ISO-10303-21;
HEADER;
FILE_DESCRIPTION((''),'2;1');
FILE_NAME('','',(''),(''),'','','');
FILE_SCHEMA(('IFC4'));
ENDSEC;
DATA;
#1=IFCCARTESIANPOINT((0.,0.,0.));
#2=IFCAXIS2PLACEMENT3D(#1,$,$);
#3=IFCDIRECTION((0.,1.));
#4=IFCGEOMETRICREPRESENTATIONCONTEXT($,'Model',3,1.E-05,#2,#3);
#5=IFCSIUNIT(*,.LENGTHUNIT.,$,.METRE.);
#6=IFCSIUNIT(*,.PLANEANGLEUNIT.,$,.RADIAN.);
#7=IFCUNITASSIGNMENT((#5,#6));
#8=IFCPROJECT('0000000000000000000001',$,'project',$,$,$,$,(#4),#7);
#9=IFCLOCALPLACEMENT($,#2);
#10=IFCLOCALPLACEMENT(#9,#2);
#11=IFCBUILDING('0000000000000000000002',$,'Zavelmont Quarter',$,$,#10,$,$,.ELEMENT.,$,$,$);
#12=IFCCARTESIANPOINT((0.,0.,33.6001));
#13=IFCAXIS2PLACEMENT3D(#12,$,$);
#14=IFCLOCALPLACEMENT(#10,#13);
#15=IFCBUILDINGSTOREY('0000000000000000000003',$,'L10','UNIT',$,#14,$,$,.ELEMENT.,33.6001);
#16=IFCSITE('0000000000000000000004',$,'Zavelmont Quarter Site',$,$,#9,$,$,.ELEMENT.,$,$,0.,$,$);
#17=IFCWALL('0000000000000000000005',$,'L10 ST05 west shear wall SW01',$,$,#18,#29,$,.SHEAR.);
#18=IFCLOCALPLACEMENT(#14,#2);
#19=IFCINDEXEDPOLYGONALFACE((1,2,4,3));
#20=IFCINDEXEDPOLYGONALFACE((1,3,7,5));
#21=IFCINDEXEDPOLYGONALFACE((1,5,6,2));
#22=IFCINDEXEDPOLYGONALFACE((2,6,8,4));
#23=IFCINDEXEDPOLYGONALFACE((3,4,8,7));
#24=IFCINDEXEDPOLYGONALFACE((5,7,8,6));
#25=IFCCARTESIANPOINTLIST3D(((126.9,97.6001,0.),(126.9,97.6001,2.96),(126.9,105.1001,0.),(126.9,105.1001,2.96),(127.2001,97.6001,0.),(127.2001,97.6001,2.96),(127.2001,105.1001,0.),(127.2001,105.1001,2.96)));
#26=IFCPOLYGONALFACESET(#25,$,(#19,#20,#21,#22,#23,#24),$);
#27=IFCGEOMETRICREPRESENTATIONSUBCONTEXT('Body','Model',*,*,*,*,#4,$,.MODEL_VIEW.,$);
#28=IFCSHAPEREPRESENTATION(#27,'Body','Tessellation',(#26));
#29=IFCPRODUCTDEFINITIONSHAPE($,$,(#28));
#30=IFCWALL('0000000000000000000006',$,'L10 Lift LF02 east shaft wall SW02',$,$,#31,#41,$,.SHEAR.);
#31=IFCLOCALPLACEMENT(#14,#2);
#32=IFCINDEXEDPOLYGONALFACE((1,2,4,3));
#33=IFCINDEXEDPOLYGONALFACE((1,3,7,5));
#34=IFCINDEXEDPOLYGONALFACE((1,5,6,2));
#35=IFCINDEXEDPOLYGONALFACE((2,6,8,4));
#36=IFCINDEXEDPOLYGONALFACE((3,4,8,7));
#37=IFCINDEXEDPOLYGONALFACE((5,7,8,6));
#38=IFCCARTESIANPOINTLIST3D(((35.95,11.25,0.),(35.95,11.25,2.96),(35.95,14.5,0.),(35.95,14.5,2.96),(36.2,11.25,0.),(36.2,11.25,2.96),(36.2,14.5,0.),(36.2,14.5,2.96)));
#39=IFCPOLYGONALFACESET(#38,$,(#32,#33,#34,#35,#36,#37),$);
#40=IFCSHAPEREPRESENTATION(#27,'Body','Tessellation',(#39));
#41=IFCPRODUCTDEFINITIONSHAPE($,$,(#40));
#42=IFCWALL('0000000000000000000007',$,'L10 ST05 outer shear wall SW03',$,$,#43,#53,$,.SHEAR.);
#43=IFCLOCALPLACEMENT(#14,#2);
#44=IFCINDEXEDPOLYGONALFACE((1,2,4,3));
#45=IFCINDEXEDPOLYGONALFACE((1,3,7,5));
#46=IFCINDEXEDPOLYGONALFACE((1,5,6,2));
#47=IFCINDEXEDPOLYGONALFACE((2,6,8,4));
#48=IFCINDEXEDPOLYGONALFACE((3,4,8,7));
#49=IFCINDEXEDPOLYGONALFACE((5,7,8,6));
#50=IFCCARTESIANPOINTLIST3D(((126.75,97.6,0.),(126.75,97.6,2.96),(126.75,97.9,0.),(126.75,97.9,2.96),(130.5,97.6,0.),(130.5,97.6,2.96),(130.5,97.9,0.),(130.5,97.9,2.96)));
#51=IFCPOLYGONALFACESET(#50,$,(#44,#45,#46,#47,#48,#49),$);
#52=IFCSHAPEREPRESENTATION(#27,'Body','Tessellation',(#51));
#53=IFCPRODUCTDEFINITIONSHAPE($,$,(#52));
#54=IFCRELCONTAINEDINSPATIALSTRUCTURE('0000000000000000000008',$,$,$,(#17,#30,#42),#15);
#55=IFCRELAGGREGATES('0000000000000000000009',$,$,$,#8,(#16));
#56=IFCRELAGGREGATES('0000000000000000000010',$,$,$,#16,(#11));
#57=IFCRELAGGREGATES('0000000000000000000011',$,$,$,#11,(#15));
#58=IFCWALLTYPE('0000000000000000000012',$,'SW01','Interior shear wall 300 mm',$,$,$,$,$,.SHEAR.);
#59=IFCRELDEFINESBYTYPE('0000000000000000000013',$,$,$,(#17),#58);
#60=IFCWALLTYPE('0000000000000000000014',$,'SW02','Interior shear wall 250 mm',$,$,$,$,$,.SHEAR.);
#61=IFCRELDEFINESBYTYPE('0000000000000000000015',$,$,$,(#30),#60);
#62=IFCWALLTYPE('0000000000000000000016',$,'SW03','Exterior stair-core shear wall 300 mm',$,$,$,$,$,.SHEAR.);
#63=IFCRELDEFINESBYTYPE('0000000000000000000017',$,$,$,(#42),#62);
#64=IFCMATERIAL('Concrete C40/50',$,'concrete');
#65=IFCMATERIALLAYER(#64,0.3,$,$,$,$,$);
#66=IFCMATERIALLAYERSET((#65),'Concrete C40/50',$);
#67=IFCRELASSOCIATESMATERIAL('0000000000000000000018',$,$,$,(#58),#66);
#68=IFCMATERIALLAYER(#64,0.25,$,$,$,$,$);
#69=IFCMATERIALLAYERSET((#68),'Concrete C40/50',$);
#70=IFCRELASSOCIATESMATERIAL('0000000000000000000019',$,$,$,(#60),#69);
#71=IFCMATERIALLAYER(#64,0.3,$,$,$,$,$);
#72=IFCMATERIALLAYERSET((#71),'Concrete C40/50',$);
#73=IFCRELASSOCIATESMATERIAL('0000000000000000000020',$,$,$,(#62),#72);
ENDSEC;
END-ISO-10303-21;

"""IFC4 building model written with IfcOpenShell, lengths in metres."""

from ifc_helpers import new_model, si_unit, direction, frame, frame_2d, origin, place, context, subcontext, project, spatial, rectangle, extrude, material, layer, layer_set, type_object, element, save


model = new_model("IFC4")

# Units and contexts
model_context = context("Model", 3, precision=1e-05, world=origin(), true_north=direction((0.0, 1.0)))
body_context = subcontext(model_context, "Body", "Model", "MODEL_VIEW")
ifc_project = project(units=[si_unit("LENGTHUNIT", "METRE"), si_unit("PLANEANGLEUNIT", "RADIAN")], contexts=[model_context])

# Site, building, storey
site_placement = place(None, origin())
site = spatial("IfcSite", under=ifc_project, at=site_placement, Name="Zavelmont Quarter Site", CompositionType="ELEMENT", RefElevation=0.0)
building_placement = place(site_placement, origin())
building = spatial("IfcBuilding", under=site, at=building_placement, Name="Zavelmont Quarter", CompositionType="ELEMENT")
storey_placement = place(building_placement, frame((0.0, 0.0, 33.6001)))
storey = spatial("IfcBuildingStorey", under=building, at=storey_placement, Name="L10", Description="UNIT", CompositionType="ELEMENT", Elevation=33.6001)

# Shared definitions
ifc_material_1 = material(Name="Concrete C40/50", Category="concrete")

# Walls
ifc_layer_1 = layer(ifc_material_1, 0.3)
ifc_layer_set_1 = layer_set([ifc_layer_1], Name="Concrete C40/50")
wall_type_1 = type_object("IfcWallType", Name="SW01", Description="Interior shear wall 300 mm", PredefinedType="SHEAR", material=ifc_layer_set_1)
wall_1_placement = place(storey_placement, frame((127.05, 97.6001, 0.0), z_axis=(0.0, 0.0, 1.0), x_axis=(0.0, 1.0, 0.0)))
element("IfcWall", 1, at=wall_1_placement, inside=storey, type_object=wall_type_1, Name="L10 ST05 west shear wall SW01", PredefinedType="SHEAR", context=body_context, shape_type="SweptSolid", body=[
    extrude(rectangle(XDim=7.5, YDim=0.3, at=frame_2d((3.75, 0.0))), origin(), (0.0, 0.0, 1.0), 2.96),
])
ifc_layer_2 = layer(ifc_material_1, 0.25)
ifc_layer_set_2 = layer_set([ifc_layer_2], Name="Concrete C40/50")
wall_type_2 = type_object("IfcWallType", Name="SW02", Description="Interior shear wall 250 mm", PredefinedType="SHEAR", material=ifc_layer_set_2)
wall_2_placement = place(storey_placement, frame((36.075, 11.25, 0.0), z_axis=(0.0, 0.0, 1.0), x_axis=(0.0, 1.0, 0.0)))
element("IfcWall", 2, at=wall_2_placement, inside=storey, type_object=wall_type_2, Name="L10 Lift LF02 east shaft wall SW02", PredefinedType="SHEAR", context=body_context, shape_type="SweptSolid", body=[
    extrude(rectangle(XDim=3.25, YDim=0.25, at=frame_2d((1.625, 0.0))), origin(), (0.0, 0.0, 1.0), 2.96),
])
ifc_layer_3 = layer(ifc_material_1, 0.3)
ifc_layer_set_3 = layer_set([ifc_layer_3], Name="Concrete C40/50")
wall_type_3 = type_object("IfcWallType", Name="SW03", Description="Exterior stair-core shear wall 300 mm", PredefinedType="SHEAR", material=ifc_layer_set_3)
wall_3_placement = place(storey_placement, frame((126.75, 97.75, 0.0), z_axis=(0.0, 0.0, 1.0), x_axis=(1.0, 0.0, 0.0)))
element("IfcWall", 3, at=wall_3_placement, inside=storey, type_object=wall_type_3, Name="L10 ST05 outer shear wall SW03", PredefinedType="SHEAR", context=body_context, shape_type="SweptSolid", body=[
    extrude(rectangle(XDim=3.75, YDim=0.3, at=frame_2d((1.875, 0.0))), origin(), (0.0, 0.0, 1.0), 2.96),
])

save(model, "model.ifc")
